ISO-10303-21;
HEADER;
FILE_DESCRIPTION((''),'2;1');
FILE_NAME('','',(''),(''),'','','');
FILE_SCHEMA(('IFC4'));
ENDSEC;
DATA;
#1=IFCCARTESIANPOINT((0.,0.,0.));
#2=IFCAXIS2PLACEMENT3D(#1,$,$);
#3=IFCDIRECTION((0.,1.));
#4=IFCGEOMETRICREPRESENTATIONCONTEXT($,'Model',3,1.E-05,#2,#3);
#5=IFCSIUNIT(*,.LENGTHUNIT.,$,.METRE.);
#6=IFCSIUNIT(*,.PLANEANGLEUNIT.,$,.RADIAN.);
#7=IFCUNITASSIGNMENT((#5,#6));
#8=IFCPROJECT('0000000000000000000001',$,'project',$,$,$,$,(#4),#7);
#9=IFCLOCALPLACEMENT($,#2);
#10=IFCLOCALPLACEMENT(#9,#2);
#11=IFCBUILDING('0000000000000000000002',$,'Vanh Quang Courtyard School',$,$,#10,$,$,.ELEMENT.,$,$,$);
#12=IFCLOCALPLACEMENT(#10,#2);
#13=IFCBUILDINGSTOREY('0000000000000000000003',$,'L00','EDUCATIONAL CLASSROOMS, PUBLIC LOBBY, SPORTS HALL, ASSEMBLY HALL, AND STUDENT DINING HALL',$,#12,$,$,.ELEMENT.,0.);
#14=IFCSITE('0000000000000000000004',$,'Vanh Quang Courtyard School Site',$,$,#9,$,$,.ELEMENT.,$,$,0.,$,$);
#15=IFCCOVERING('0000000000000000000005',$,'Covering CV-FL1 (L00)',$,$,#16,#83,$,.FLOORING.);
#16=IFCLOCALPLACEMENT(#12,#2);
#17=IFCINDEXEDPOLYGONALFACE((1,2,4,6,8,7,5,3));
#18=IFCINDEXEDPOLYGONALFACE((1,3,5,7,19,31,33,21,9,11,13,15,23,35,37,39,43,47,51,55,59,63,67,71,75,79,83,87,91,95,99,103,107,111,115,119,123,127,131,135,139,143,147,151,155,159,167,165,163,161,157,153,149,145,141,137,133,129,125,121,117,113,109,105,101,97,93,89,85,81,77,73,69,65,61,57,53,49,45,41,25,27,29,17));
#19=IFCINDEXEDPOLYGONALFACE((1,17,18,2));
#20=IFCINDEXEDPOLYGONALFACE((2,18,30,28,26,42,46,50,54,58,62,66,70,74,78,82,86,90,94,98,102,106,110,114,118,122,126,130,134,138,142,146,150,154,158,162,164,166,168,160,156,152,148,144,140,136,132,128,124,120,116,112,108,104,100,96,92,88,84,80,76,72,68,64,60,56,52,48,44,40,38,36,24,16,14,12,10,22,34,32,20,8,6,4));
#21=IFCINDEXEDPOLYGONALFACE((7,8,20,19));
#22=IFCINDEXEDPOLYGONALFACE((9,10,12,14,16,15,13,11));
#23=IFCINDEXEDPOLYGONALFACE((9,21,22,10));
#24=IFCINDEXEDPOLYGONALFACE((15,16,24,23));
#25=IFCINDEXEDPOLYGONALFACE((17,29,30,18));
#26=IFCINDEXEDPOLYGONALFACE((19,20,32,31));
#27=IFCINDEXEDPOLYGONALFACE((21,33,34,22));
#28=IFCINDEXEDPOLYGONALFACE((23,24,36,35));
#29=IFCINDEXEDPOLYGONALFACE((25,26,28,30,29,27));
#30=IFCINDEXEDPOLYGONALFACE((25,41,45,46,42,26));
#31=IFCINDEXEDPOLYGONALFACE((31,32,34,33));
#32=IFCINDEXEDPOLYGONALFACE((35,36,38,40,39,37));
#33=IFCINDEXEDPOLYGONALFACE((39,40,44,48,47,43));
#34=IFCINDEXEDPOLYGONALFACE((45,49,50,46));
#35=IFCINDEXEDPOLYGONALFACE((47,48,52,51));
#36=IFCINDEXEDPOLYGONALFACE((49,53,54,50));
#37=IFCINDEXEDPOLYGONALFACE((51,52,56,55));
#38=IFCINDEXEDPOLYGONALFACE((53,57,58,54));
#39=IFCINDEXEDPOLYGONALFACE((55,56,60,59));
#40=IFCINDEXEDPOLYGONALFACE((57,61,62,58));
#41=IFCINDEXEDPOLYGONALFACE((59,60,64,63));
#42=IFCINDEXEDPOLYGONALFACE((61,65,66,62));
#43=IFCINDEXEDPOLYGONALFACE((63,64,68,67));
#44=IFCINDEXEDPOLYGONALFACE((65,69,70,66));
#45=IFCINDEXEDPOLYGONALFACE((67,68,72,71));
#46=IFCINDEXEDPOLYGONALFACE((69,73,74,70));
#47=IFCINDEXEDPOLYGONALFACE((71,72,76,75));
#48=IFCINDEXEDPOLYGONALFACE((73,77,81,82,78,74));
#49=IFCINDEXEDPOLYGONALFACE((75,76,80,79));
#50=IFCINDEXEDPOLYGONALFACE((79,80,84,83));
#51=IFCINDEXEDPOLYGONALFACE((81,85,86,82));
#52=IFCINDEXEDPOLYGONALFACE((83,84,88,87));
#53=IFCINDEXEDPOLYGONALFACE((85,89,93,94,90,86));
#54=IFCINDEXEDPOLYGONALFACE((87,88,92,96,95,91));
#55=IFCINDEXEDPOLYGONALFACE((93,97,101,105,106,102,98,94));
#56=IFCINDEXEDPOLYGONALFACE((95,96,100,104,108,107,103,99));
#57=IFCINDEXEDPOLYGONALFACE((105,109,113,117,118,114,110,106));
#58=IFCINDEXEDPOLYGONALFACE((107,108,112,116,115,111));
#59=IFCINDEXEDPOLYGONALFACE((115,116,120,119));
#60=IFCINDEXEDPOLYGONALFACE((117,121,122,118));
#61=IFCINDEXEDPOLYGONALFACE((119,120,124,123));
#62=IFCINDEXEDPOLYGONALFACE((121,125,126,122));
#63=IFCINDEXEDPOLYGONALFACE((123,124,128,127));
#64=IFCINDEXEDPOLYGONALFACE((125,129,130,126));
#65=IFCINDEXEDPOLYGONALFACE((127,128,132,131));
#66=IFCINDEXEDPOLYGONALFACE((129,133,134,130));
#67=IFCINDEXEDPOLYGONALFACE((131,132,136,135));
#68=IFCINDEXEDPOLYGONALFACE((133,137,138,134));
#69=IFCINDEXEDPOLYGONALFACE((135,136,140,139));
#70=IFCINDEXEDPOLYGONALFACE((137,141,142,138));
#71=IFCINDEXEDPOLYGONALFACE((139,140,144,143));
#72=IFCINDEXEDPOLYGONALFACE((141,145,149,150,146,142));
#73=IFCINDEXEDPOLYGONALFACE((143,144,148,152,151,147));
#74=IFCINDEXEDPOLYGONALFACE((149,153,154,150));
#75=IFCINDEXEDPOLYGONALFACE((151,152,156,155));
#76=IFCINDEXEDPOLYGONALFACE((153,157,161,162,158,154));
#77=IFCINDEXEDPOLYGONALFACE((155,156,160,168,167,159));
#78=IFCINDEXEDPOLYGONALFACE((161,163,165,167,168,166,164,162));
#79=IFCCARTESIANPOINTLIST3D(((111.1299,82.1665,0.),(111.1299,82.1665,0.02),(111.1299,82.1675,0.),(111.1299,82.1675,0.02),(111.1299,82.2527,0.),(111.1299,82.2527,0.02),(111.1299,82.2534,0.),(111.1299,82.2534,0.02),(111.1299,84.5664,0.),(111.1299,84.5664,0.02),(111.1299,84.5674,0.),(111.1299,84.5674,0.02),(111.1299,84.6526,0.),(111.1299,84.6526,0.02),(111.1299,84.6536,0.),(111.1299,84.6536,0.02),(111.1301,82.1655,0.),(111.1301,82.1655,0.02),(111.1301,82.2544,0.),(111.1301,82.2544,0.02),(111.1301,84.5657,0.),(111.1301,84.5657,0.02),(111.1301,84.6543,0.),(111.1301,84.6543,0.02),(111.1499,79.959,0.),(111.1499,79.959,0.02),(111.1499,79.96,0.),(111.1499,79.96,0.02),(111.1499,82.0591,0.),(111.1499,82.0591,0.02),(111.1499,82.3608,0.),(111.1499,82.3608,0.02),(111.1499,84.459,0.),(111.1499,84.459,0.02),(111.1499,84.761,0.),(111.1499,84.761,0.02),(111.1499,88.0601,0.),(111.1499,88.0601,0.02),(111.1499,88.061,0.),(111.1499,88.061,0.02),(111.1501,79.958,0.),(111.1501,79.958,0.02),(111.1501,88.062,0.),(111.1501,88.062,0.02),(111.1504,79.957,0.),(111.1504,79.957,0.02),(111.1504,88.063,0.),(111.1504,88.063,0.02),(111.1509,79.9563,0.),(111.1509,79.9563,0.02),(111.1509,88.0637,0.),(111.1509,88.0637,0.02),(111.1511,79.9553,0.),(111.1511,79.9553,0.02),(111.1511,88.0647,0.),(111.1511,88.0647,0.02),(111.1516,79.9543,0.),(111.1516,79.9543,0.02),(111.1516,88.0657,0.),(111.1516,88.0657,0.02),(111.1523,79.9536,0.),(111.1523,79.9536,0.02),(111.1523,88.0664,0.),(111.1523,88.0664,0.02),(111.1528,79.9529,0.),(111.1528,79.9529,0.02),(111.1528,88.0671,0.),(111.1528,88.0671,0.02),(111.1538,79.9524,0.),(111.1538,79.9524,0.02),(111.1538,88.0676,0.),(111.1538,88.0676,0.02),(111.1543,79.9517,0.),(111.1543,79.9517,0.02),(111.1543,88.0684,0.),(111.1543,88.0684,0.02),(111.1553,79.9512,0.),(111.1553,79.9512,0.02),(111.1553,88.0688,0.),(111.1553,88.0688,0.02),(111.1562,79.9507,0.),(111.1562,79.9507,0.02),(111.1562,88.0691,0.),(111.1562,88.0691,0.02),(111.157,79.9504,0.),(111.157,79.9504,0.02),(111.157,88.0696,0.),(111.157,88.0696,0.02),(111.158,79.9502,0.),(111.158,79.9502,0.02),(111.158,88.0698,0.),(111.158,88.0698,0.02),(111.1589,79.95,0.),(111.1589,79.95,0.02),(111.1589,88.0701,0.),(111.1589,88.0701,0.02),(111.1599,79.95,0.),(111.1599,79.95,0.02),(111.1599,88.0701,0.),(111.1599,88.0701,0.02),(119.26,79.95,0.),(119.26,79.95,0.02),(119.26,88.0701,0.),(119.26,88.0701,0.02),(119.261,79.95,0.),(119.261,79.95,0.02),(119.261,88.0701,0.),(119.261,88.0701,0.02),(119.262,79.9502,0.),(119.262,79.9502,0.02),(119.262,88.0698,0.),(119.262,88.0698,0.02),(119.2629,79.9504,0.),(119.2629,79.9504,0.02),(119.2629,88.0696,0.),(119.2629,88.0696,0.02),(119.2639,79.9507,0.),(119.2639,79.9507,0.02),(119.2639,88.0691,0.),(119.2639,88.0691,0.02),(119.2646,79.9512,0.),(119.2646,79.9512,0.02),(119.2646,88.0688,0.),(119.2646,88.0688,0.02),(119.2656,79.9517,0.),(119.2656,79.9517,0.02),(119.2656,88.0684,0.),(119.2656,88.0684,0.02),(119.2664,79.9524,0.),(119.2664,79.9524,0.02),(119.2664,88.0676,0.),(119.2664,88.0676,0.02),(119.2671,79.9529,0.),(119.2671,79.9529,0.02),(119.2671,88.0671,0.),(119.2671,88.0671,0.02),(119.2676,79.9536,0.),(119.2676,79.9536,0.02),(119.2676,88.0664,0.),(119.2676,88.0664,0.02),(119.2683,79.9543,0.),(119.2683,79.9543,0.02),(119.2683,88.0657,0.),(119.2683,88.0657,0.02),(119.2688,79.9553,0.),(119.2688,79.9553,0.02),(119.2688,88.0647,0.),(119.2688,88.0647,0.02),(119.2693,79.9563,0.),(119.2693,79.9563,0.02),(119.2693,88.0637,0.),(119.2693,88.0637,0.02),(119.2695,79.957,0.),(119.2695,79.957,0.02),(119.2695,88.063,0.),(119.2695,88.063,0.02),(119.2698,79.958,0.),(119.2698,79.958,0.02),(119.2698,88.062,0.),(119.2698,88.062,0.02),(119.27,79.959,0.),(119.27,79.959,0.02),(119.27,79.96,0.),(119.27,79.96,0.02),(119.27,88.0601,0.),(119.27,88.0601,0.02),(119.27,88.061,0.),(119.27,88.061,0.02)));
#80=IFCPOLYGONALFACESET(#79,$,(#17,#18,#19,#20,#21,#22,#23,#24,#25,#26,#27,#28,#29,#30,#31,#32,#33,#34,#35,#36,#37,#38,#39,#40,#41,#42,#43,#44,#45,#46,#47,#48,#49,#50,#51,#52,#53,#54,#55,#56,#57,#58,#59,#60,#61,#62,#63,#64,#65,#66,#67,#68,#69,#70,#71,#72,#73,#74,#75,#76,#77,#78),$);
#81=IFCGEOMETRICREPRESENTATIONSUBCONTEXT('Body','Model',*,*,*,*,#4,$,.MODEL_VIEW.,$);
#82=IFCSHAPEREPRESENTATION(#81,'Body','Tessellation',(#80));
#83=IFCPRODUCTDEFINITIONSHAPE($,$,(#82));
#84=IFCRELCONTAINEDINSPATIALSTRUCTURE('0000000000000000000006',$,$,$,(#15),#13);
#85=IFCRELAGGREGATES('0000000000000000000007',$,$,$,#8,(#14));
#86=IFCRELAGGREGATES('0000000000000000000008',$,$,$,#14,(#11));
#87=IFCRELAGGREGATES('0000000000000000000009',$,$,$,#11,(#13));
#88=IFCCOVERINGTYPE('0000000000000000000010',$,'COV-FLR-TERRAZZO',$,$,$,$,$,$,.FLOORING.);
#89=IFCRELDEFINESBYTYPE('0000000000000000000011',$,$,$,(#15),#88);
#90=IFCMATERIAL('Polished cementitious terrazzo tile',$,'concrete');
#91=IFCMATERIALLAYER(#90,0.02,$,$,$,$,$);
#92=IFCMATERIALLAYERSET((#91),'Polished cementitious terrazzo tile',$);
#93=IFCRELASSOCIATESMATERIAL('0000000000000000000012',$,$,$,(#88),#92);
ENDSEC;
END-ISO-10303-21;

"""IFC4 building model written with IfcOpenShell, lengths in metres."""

from ifc_helpers import new_model, si_unit, direction, origin, place, context, subcontext, project, spatial, polyline, outline, extrude, material, layer, layer_set, type_object, element, save


model = new_model("IFC4")

# Units and contexts
model_context = context("Model", 3, precision=1e-05, world=origin(), true_north=direction((0.0, 1.0)))
body_context = subcontext(model_context, "Body", "Model", "MODEL_VIEW")
ifc_project = project(units=[si_unit("LENGTHUNIT", "METRE"), si_unit("PLANEANGLEUNIT", "RADIAN")], contexts=[model_context])

# Site, building, storey
site_placement = place(None, origin())
site = spatial("IfcSite", under=ifc_project, at=site_placement, Name="Vanh Quang Courtyard School Site", CompositionType="ELEMENT", RefElevation=0.0)
building_placement = place(site_placement, origin())
building = spatial("IfcBuilding", under=site, at=building_placement, Name="Vanh Quang Courtyard School", CompositionType="ELEMENT")
storey_placement = place(building_placement, origin())
storey = spatial("IfcBuildingStorey", under=building, at=storey_placement, Name="L00", Description="EDUCATIONAL CLASSROOMS, PUBLIC LOBBY, SPORTS HALL, ASSEMBLY HALL, AND STUDENT DINING HALL", CompositionType="ELEMENT", Elevation=0.0)

# Covering
ifc_material_1 = material(Name="Polished cementitious terrazzo tile", Category="concrete")
ifc_layer_1 = layer(ifc_material_1, 0.02)
ifc_layer_set_1 = layer_set([ifc_layer_1], Name="Polished cementitious terrazzo tile")
covering_type_1 = type_object("IfcCoveringType", Name="COV-FLR-TERRAZZO", PredefinedType="FLOORING", material=ifc_layer_set_1)
covering_1_placement = place(storey_placement, origin())
element("IfcCovering", 1, at=covering_1_placement, inside=storey, type_object=covering_type_1, Name="Covering CV-FL1 (L00)", PredefinedType="FLOORING", context=body_context, shape_type="SweptSolid", body=[
    extrude(outline(polyline([(111.1599, 79.95), (111.1589, 79.95), (111.158, 79.9502), (111.157, 79.9504), (111.1562, 79.9507), (111.1553, 79.9512), (111.1543, 79.9517), (111.1538, 79.9524), (111.1528, 79.9529), (111.1523, 79.9536), (111.1516, 79.9543), (111.1511, 79.9553), (111.1509, 79.9563), (111.1504, 79.957), (111.1501, 79.958), (111.1499, 79.959), (111.1499, 79.96), (111.1499, 82.0591), (111.1301, 82.1655), (111.1299, 82.1665), (111.1299, 82.1675), (111.1299, 82.2527), (111.1299, 82.2534), (111.1301, 82.2544), (111.1499, 82.3608), (111.1499, 84.459), (111.1301, 84.5657), (111.1299, 84.5664), (111.1299, 84.5674), (111.1299, 84.6526), (111.1299, 84.6536), (111.1301, 84.6543), (111.1499, 84.761), (111.1499, 88.0601), (111.1499, 88.061), (111.1501, 88.062), (111.1504, 88.063), (111.1509, 88.0637), (111.1511, 88.0647), (111.1516, 88.0657), (111.1523, 88.0664), (111.1528, 88.0671), (111.1538, 88.0676), (111.1543, 88.0684), (111.1553, 88.0688), (111.1562, 88.0691), (111.157, 88.0696), (111.158, 88.0698), (111.1589, 88.0701), (111.1599, 88.0701), (119.26, 88.0701), (119.261, 88.0701), (119.262, 88.0698), (119.2629, 88.0696), (119.2639, 88.0691), (119.2646, 88.0688), (119.2656, 88.0684), (119.2664, 88.0676), (119.2671, 88.0671), (119.2676, 88.0664), (119.2683, 88.0657), (119.2688, 88.0647), (119.2693, 88.0637), (119.2695, 88.063), (119.2698, 88.062), (119.27, 88.061), (119.27, 88.0601), (119.27, 79.96), (119.27, 79.959), (119.2698, 79.958), (119.2695, 79.957), (119.2693, 79.9563), (119.2688, 79.9553), (119.2683, 79.9543), (119.2676, 79.9536), (119.2671, 79.9529), (119.2664, 79.9524), (119.2656, 79.9517), (119.2646, 79.9512), (119.2639, 79.9507), (119.2629, 79.9504), (119.262, 79.9502), (119.261, 79.95), (119.26, 79.95), (111.1599, 79.95)])), origin(), (0.0, 0.0, 1.0), 0.02),
])

save(model, "model.ifc")
